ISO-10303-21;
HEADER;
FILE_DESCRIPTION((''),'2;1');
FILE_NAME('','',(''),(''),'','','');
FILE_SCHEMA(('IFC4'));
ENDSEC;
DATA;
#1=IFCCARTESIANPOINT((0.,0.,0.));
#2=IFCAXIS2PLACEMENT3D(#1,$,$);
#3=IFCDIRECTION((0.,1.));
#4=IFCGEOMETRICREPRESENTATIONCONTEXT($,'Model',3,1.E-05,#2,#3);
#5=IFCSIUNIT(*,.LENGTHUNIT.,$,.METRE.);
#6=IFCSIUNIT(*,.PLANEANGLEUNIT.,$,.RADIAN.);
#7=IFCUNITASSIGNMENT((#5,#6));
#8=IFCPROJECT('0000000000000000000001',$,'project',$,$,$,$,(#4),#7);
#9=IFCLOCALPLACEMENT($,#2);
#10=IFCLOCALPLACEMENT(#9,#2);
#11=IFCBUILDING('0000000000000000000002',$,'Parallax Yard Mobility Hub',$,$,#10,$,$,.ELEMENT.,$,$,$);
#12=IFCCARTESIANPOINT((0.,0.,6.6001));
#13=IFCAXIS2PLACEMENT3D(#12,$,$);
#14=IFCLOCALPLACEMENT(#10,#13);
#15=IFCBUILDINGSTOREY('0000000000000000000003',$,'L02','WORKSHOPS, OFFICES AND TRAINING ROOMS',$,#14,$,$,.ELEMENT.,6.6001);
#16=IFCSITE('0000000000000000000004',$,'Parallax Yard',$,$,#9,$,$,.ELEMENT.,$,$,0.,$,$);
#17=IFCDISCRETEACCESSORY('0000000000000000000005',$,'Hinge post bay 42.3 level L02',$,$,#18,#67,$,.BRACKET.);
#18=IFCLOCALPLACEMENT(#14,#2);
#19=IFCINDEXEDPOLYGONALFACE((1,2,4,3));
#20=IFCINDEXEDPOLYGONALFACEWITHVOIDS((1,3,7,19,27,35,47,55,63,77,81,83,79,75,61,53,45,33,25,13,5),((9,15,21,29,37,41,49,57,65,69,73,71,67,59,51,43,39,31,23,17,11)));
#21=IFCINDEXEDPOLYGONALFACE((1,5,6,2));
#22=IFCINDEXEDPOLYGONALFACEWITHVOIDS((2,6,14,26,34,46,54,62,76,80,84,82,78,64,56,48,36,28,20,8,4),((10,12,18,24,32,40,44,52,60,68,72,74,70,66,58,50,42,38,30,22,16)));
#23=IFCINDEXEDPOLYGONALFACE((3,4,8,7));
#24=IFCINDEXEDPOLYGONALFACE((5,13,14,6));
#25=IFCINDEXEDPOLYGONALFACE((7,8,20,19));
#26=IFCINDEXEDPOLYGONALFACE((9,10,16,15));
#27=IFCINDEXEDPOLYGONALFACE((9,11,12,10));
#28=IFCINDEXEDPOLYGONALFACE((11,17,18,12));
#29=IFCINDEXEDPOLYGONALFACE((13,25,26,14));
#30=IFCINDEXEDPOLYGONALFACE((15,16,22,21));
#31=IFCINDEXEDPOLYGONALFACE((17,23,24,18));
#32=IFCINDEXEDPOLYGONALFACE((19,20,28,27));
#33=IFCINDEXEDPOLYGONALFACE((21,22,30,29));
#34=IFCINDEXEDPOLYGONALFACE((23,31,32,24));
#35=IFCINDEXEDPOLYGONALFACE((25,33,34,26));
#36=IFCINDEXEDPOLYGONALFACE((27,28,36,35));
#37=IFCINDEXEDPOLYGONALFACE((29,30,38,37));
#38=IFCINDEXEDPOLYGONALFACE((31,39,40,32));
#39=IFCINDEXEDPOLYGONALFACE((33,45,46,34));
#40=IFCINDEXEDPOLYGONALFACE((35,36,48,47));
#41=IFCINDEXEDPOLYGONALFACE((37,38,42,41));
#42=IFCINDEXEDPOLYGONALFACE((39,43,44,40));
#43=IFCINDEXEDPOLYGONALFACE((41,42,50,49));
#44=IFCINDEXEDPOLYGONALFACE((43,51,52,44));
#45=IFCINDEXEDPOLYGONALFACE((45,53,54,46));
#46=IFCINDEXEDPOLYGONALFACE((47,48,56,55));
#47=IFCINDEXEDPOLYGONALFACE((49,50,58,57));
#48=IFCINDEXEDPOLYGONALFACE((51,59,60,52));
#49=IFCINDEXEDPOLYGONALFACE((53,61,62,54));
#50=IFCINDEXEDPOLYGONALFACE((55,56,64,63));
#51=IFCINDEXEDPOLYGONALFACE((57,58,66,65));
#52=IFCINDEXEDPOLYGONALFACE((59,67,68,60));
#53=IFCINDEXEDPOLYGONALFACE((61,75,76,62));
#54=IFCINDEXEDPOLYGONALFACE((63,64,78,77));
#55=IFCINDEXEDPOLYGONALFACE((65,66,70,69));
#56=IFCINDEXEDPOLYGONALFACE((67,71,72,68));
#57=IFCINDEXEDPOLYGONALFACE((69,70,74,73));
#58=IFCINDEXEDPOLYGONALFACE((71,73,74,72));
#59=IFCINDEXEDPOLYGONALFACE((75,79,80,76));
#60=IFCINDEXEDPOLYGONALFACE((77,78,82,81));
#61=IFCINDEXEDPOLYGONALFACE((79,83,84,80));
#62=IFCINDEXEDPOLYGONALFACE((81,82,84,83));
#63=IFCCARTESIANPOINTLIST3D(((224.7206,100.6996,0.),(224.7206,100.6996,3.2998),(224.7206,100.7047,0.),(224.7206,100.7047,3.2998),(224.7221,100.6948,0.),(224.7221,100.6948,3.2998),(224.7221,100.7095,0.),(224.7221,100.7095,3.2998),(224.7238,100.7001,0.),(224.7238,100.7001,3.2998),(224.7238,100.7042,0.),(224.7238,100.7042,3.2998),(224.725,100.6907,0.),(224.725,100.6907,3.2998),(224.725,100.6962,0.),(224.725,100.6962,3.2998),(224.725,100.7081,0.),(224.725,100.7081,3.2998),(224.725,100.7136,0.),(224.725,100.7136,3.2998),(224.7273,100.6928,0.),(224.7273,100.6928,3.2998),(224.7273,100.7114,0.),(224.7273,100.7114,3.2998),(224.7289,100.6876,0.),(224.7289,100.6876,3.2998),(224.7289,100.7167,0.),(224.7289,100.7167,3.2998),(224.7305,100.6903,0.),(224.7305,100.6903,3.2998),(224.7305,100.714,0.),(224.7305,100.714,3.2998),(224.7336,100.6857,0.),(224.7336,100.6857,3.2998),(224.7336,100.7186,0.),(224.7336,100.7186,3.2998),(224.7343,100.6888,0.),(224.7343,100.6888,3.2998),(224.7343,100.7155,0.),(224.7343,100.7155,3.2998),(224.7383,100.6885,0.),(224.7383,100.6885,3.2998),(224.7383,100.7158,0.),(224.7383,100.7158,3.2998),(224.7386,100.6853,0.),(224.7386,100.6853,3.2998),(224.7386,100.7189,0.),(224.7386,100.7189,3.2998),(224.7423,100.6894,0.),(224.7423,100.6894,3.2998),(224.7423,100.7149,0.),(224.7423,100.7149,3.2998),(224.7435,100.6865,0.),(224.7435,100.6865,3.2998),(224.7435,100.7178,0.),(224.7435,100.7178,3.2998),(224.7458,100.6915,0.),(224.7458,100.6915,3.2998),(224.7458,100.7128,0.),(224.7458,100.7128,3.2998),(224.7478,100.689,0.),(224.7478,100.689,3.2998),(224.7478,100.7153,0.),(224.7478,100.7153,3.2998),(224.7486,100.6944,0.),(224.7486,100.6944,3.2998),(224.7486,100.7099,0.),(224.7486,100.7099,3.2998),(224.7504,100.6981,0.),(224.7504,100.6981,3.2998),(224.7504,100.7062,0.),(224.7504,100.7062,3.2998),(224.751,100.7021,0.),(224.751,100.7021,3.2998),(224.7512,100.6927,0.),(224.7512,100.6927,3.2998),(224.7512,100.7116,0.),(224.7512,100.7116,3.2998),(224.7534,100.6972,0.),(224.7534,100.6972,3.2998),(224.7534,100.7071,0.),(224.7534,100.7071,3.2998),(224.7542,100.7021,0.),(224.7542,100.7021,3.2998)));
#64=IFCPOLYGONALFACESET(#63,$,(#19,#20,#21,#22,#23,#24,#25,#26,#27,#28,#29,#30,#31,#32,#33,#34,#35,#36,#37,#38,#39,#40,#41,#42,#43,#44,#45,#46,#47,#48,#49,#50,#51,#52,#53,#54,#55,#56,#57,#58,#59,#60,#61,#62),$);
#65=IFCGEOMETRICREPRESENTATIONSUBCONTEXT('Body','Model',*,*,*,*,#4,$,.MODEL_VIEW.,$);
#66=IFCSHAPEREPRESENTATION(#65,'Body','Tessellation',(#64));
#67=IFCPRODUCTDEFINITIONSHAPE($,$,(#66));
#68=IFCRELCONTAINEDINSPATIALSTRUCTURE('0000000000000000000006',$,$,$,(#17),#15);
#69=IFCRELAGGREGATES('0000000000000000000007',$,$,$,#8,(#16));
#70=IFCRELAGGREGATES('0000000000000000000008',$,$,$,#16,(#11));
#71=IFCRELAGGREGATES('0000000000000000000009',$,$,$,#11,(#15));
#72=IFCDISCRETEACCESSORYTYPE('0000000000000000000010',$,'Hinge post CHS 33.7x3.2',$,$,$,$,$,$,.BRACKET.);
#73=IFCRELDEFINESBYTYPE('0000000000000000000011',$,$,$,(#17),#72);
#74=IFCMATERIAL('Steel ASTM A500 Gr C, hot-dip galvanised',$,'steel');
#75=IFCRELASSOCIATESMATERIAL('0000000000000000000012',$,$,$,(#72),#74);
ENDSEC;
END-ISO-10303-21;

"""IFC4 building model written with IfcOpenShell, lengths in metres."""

from ifc_helpers import new_model, si_unit, direction, frame, origin, origin_2d, place, context, subcontext, project, spatial, hollow_circle, extrude, material, material_profile, profile_set, type_object, element, save


model = new_model("IFC4")

# Units and contexts
model_context = context("Model", 3, precision=1e-05, world=origin(), true_north=direction((0.0, 1.0)))
body_context = subcontext(model_context, "Body", "Model", "MODEL_VIEW")
ifc_project = project(units=[si_unit("LENGTHUNIT", "METRE"), si_unit("PLANEANGLEUNIT", "RADIAN")], contexts=[model_context])

# Site, building, storey
site_placement = place(None, origin())
site = spatial("IfcSite", under=ifc_project, at=site_placement, Name="Parallax Yard", CompositionType="ELEMENT", RefElevation=0.0)
building_placement = place(site_placement, origin())
building = spatial("IfcBuilding", under=site, at=building_placement, Name="Parallax Yard Mobility Hub", CompositionType="ELEMENT")
storey_placement = place(building_placement, frame((0.0, 0.0, 6.6001)))
storey = spatial("IfcBuildingStorey", under=building, at=storey_placement, Name="L02", Description="WORKSHOPS, OFFICES AND TRAINING ROOMS", CompositionType="ELEMENT", Elevation=6.6001)

# Discrete accessory
ifc_material_1 = material(Name="Steel ASTM A500 Gr C, hot-dip galvanised", Category="steel")
ifc_material_profile = material_profile(ifc_material_1, hollow_circle(Radius=0.0168, WallThickness=0.0032, at=origin_2d()), Name="CHS 33.7x3.2")
ifc_profile_set = profile_set([ifc_material_profile], Name="Steel ASTM A500 Gr C, hot-dip galvanised")
discrete_accessory_type_1 = type_object("IfcDiscreteAccessoryType", Name="Hinge post CHS 33.7x3.2", PredefinedType="BRACKET", material=ifc_profile_set)
for number, where, z_axis, x_axis, name in (
    (1, (224.7373, 100.7021, 0.0), (0.0, 0.0, 1.0), (1.0, 0.0, 0.0), "Hinge post bay 42.3 level L02"),
):
    element("IfcDiscreteAccessory", number, at=place(storey_placement, frame(where, z_axis=z_axis, x_axis=x_axis)), inside=storey, type_object=discrete_accessory_type_1, Name=name, PredefinedType="BRACKET", context=body_context, shape_type="SweptSolid", body=[
        extrude(hollow_circle(Radius=0.0168, WallThickness=0.0032, at=origin_2d()), origin(), (0.0, 0.0, 1.0), 3.2998),
    ])

save(model, "model.ifc")
